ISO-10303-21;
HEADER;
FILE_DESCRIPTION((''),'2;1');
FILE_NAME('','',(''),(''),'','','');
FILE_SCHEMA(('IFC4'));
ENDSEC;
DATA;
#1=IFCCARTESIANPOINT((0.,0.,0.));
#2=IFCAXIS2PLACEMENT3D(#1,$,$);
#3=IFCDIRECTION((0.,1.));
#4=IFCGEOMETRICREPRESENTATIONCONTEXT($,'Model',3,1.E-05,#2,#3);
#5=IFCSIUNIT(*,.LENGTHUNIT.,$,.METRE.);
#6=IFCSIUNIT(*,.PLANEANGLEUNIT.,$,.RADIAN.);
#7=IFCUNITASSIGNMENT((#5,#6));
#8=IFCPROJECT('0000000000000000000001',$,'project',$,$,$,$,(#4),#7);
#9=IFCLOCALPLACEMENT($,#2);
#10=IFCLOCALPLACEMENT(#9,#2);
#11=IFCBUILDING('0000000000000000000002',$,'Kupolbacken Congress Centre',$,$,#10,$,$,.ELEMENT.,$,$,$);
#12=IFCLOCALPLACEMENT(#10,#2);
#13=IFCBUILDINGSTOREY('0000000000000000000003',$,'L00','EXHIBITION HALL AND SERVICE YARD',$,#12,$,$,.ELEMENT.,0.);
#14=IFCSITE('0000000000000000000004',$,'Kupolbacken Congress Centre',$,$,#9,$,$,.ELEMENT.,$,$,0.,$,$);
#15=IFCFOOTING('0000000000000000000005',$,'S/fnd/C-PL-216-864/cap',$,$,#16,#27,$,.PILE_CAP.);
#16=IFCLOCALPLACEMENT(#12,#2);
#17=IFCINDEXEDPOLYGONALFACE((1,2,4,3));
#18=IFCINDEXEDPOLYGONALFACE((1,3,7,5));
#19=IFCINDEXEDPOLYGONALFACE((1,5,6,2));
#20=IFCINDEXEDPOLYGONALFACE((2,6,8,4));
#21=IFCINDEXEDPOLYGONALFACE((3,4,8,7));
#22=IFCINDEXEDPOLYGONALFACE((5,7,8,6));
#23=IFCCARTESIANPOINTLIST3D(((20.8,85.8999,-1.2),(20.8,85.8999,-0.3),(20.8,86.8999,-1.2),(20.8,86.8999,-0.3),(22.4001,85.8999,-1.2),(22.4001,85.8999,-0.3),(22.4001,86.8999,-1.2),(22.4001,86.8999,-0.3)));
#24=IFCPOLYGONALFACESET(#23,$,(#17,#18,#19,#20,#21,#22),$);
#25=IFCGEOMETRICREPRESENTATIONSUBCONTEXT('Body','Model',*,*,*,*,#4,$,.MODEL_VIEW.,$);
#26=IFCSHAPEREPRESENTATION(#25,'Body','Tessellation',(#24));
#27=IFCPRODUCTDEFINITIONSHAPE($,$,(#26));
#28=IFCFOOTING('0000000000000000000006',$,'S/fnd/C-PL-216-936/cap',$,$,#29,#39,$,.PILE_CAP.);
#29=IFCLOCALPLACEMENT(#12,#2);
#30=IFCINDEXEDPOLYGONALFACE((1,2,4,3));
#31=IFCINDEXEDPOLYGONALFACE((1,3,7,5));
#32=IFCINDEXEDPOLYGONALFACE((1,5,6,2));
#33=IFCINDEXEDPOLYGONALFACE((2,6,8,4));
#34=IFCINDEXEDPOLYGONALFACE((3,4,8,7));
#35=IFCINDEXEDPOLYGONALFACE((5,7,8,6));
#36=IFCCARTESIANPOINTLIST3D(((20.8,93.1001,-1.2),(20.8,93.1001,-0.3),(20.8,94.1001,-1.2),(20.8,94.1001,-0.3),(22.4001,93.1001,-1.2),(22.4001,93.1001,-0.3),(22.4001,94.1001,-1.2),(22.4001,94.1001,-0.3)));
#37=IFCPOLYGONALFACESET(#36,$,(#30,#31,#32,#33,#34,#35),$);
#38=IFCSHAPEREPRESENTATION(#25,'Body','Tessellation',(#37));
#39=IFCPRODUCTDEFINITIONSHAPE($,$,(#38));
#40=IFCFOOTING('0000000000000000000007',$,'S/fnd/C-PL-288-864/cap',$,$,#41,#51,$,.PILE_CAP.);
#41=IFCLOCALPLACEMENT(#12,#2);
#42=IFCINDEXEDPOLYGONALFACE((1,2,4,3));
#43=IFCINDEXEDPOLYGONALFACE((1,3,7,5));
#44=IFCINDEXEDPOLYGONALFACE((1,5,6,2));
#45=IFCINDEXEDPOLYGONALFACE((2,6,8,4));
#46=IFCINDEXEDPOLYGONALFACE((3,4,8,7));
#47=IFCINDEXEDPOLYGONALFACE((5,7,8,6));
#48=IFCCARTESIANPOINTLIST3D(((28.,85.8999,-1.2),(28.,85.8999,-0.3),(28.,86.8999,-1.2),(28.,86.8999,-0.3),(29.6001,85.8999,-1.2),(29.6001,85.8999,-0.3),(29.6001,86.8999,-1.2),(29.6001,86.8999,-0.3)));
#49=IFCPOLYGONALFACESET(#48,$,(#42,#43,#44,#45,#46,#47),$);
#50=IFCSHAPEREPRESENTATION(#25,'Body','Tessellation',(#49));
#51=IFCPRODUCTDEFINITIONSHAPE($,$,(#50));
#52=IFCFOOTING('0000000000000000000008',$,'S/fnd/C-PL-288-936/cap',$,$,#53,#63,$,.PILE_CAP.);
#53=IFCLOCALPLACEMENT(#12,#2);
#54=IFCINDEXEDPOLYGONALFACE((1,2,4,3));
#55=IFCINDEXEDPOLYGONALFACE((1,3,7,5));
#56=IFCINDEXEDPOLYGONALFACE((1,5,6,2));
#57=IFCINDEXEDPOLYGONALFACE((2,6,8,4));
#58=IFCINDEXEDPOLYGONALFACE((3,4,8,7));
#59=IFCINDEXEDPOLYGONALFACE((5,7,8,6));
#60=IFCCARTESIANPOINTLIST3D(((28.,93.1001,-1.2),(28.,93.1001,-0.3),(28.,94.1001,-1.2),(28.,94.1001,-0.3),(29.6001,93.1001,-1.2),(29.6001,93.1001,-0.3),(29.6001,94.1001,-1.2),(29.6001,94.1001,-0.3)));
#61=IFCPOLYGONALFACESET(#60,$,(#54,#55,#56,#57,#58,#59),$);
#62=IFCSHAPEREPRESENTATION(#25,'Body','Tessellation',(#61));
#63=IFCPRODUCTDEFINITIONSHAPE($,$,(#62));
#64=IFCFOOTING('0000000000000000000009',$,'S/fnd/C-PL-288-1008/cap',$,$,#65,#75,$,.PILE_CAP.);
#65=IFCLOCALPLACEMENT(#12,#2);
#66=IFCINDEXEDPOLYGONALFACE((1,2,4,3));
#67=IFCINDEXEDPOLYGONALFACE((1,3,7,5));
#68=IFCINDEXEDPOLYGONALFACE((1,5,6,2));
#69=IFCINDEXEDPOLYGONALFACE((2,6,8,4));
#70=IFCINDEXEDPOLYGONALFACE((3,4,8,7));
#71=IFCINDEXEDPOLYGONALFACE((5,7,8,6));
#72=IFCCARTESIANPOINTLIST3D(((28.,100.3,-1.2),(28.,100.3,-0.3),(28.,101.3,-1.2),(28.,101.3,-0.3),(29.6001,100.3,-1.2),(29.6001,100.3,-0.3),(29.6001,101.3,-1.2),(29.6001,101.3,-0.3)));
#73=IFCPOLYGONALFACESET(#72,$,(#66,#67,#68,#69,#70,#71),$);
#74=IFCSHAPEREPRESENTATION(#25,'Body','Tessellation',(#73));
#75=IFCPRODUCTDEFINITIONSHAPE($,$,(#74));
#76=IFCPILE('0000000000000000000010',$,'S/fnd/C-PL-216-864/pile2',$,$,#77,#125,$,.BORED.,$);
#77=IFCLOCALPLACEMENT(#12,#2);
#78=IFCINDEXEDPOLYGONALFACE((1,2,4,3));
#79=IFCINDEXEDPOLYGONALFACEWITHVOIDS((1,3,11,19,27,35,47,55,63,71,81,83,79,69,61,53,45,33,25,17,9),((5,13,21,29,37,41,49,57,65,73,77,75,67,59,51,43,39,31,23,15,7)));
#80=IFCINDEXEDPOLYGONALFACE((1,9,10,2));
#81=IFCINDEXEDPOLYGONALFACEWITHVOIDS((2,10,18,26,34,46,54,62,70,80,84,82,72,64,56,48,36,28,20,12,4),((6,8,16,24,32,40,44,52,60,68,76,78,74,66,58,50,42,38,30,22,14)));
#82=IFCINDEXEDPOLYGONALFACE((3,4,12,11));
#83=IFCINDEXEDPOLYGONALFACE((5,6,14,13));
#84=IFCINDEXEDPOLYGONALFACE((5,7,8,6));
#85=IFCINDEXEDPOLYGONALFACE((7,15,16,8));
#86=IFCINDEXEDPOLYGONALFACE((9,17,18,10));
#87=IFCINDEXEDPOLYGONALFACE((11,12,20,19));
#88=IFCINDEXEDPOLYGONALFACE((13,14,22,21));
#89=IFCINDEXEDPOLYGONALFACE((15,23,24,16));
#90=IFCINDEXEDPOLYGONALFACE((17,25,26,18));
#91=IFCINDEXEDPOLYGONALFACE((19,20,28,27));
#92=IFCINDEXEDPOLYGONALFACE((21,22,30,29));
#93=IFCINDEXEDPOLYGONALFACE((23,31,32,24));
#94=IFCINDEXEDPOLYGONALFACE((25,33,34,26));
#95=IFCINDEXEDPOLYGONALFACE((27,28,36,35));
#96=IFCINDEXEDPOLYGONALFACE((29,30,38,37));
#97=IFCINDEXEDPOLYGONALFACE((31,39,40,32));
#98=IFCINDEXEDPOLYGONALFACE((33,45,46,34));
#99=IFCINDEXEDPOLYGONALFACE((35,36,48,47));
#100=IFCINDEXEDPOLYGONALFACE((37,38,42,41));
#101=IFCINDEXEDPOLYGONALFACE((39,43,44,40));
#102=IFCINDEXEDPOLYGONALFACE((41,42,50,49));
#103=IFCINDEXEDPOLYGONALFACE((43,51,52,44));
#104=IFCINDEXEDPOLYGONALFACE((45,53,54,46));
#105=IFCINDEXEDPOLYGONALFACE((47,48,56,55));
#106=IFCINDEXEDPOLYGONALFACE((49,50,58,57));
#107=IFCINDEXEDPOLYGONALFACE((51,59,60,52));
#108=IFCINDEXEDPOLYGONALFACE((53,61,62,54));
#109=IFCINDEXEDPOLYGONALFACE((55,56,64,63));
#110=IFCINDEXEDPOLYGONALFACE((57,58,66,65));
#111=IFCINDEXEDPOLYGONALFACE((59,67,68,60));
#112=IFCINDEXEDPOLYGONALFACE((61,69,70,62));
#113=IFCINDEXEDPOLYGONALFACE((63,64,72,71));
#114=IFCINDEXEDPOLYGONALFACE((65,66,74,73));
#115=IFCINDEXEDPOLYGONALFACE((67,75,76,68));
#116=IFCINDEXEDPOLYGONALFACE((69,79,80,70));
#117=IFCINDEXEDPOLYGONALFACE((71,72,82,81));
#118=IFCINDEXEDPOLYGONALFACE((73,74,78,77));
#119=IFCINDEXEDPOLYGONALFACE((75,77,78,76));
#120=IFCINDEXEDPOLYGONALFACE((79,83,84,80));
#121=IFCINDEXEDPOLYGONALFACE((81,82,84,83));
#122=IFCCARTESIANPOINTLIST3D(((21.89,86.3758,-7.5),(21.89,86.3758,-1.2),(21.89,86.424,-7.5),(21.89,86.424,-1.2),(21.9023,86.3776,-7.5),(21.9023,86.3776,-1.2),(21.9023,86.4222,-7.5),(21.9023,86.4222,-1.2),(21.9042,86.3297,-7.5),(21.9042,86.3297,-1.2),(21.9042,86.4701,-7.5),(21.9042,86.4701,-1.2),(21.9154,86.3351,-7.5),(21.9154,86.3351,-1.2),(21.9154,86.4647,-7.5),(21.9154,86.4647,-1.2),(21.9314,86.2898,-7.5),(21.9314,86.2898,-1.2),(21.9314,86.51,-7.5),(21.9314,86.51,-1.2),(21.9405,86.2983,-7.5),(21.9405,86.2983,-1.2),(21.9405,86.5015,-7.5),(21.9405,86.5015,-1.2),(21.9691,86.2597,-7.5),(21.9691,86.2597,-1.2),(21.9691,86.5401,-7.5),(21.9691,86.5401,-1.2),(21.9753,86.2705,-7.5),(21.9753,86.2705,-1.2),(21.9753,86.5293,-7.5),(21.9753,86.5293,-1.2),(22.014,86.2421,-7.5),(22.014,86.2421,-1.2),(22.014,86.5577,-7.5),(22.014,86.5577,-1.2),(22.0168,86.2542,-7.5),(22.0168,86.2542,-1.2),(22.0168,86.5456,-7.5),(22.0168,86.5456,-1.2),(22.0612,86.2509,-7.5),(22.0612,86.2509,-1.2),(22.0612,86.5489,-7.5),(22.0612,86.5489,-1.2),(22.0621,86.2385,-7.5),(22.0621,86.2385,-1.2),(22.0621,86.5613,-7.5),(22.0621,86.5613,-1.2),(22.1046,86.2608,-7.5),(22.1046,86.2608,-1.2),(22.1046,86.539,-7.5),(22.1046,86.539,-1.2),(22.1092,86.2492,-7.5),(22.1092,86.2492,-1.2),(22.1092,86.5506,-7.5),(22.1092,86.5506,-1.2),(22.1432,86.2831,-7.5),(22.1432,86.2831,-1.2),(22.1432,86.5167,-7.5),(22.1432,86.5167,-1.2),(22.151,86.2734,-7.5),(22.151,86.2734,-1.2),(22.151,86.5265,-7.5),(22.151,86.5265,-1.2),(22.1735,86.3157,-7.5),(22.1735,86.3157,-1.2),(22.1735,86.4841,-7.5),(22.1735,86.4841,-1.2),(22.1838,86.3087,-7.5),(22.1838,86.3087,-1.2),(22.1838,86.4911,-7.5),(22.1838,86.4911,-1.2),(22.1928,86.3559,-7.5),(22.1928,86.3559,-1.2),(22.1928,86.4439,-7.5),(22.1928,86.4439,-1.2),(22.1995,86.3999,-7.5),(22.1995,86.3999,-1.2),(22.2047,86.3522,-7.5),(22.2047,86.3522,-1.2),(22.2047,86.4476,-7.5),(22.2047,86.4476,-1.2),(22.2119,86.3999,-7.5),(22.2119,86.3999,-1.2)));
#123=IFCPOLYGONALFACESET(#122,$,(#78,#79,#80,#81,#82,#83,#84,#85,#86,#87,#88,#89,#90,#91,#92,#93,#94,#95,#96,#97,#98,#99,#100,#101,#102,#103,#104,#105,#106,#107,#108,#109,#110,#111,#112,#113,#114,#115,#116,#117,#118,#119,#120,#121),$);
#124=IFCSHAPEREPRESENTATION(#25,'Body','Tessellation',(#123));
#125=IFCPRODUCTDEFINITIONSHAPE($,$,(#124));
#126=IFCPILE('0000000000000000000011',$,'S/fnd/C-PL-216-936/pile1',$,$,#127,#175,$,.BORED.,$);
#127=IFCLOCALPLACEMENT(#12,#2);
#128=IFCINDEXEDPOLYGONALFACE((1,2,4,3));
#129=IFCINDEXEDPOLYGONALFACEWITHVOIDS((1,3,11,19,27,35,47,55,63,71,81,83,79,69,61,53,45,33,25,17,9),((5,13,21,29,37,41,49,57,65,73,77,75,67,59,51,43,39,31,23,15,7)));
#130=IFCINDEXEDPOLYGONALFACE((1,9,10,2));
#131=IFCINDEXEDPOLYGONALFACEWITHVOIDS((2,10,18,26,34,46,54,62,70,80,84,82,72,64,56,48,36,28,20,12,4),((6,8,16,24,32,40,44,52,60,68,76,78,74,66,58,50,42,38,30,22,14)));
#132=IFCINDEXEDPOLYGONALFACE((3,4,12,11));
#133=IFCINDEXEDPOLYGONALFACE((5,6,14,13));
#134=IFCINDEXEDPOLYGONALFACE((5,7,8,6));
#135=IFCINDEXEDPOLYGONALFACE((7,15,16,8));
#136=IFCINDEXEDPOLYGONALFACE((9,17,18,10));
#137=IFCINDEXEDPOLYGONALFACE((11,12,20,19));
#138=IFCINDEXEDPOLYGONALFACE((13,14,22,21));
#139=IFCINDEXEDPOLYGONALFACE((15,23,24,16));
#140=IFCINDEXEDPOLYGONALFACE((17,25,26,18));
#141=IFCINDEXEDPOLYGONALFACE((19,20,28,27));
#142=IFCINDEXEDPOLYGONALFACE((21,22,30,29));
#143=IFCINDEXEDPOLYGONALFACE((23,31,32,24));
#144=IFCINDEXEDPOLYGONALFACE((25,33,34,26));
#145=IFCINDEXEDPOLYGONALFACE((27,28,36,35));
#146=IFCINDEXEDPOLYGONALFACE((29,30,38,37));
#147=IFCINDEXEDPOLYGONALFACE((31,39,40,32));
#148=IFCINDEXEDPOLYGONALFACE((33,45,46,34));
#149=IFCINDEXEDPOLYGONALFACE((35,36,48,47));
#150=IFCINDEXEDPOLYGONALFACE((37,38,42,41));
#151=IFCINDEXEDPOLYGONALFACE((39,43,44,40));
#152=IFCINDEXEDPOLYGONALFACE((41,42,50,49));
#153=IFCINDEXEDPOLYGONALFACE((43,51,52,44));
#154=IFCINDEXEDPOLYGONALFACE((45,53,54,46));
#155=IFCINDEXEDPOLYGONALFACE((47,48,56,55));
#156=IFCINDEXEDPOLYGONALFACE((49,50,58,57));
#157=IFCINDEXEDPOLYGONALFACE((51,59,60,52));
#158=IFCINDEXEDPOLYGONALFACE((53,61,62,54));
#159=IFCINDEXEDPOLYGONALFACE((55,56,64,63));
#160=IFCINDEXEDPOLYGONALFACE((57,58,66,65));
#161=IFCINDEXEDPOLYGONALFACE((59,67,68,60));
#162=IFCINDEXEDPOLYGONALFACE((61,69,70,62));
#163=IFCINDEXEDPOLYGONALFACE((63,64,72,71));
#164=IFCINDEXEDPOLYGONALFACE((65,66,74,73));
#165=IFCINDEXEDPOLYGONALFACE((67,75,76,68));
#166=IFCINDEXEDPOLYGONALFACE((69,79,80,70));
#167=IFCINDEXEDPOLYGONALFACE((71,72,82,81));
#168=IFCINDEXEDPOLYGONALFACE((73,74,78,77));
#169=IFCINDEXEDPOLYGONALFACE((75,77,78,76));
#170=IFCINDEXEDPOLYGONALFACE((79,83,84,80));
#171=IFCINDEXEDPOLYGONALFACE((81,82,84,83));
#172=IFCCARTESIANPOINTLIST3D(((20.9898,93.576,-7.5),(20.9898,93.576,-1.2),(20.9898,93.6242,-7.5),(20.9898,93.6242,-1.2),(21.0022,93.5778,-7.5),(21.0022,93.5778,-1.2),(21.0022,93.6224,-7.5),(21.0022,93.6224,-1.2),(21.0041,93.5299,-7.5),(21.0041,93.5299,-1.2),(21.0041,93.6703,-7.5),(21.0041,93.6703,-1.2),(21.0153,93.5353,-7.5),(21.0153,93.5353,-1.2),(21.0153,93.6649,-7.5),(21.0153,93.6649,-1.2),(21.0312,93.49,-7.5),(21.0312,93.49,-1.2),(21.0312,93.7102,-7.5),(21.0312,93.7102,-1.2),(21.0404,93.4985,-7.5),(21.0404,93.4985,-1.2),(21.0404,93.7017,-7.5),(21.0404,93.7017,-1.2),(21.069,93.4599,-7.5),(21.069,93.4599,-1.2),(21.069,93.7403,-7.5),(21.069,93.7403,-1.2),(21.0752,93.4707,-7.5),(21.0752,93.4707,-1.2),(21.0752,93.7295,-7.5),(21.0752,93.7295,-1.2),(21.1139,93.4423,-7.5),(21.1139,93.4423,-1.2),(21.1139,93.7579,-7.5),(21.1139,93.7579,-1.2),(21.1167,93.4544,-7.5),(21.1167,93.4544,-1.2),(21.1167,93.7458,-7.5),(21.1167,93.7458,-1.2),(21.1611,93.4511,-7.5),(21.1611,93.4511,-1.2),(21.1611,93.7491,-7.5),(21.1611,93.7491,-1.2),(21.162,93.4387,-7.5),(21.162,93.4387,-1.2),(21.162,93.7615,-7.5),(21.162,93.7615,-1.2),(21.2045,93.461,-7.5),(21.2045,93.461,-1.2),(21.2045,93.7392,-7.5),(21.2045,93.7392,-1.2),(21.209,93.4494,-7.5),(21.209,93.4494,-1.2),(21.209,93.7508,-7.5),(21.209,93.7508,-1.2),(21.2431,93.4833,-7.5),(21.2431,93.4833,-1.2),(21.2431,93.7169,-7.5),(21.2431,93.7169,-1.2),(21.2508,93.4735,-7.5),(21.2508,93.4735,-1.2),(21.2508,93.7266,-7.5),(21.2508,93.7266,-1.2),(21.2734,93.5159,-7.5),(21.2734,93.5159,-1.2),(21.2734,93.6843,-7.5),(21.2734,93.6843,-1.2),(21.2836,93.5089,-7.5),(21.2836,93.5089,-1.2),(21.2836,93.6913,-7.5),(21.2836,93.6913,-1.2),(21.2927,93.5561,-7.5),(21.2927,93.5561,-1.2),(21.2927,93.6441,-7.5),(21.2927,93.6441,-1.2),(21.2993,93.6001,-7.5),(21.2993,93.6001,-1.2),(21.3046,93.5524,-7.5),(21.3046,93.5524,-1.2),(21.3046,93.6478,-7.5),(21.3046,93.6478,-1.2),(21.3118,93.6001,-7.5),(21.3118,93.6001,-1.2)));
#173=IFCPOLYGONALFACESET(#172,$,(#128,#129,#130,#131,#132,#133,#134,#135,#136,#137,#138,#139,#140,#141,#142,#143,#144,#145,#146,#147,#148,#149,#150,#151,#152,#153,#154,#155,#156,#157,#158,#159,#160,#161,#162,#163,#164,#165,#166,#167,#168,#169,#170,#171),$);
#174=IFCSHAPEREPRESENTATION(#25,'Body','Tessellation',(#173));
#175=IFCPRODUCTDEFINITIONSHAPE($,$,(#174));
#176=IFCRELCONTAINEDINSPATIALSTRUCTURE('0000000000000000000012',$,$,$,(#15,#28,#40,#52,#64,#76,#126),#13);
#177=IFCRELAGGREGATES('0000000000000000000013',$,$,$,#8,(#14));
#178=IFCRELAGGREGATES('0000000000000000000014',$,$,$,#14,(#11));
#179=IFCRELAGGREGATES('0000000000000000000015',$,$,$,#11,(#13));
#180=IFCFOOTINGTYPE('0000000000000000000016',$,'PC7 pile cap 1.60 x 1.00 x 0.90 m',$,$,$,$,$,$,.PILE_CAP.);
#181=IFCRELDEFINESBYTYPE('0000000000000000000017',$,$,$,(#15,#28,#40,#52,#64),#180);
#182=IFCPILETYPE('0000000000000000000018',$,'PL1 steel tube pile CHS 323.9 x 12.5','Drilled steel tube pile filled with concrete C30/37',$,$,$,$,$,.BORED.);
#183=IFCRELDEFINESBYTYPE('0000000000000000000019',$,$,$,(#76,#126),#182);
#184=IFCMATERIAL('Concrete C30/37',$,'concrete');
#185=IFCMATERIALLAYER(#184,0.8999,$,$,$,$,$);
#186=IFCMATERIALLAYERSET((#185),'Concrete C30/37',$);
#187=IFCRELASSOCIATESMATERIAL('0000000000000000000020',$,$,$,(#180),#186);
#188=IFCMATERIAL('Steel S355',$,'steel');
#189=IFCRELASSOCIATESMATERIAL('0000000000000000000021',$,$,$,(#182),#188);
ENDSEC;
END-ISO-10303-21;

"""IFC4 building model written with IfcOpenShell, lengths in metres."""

from ifc_helpers import new_model, si_unit, direction, frame, origin, origin_2d, place, context, subcontext, project, spatial, rectangle, hollow_circle, extrude, material, layer, layer_set, material_profile, profile_set, type_object, element, save


model = new_model("IFC4")

# Units and contexts
model_context = context("Model", 3, precision=1e-05, world=origin(), true_north=direction((0.0, 1.0)))
body_context = subcontext(model_context, "Body", "Model", "MODEL_VIEW")
ifc_project = project(units=[si_unit("LENGTHUNIT", "METRE"), si_unit("PLANEANGLEUNIT", "RADIAN")], contexts=[model_context])

# Site, building, storey
site_placement = place(None, origin())
site = spatial("IfcSite", under=ifc_project, at=site_placement, Name="Kupolbacken Congress Centre", CompositionType="ELEMENT", RefElevation=0.0)
building_placement = place(site_placement, origin())
building = spatial("IfcBuilding", under=site, at=building_placement, Name="Kupolbacken Congress Centre", CompositionType="ELEMENT")
storey_placement = place(building_placement, origin())
storey = spatial("IfcBuildingStorey", under=building, at=storey_placement, Name="L00", Description="EXHIBITION HALL AND SERVICE YARD", CompositionType="ELEMENT", Elevation=0.0)

# Footings
ifc_material_1 = material(Name="Concrete C30/37", Category="concrete")
ifc_layer = layer(ifc_material_1, 0.8999)
ifc_layer_set = layer_set([ifc_layer], Name="Concrete C30/37")
footing_type = type_object("IfcFootingType", Name="PC7 pile cap 1.60 x 1.00 x 0.90 m", PredefinedType="PILE_CAP", material=ifc_layer_set)
for number, where, z_axis, x_axis, name in (
    (1, (21.6001, 86.3999, -1.2), (0.0, 0.0, 1.0), (1.0, 0.0, 0.0), "S/fnd/C-PL-216-864/cap"),
    (2, (21.6001, 93.6001, -1.2), (0.0, 0.0, 1.0), (1.0, 0.0, 0.0), "S/fnd/C-PL-216-936/cap"),
    (3, (28.8, 86.3999, -1.2), (0.0, 0.0, 1.0), (1.0, 0.0, 0.0), "S/fnd/C-PL-288-864/cap"),
    (4, (28.8, 93.6001, -1.2), (0.0, 0.0, 1.0), (1.0, 0.0, 0.0), "S/fnd/C-PL-288-936/cap"),
    (5, (28.8, 100.8, -1.2), (0.0, 0.0, 1.0), (1.0, 0.0, 0.0), "S/fnd/C-PL-288-1008/cap"),
):
    element("IfcFooting", number, at=place(storey_placement, frame(where, z_axis=z_axis, x_axis=x_axis)), inside=storey, type_object=footing_type, Name=name, PredefinedType="PILE_CAP", context=body_context, shape_type="SweptSolid", body=[
        extrude(rectangle(XDim=1.6001, YDim=1.0, at=origin_2d()), origin(), (0.0, 0.0, 1.0), 0.8999),
    ])

# Piles
ifc_material_2 = material(Name="Steel S355", Category="steel")
ifc_material_profile_1 = material_profile(ifc_material_2, hollow_circle(Radius=0.1619, WallThickness=0.0125, at=origin_2d()), Name="CHS 323.9 x 12.5")
ifc_profile_set_1 = profile_set([ifc_material_profile_1], Name="Steel S355")
pile_type = type_object("IfcPileType", Name="PL1 steel tube pile CHS 323.9 x 12.5", Description="Drilled steel tube pile filled with concrete C30/37", PredefinedType="BORED", material=ifc_profile_set_1)
for number, where, z_axis, x_axis, name in (
    (6, (22.05, 86.3999, -1.2), (0.0, 0.0, -1.0), (1.0, 0.0, 0.0), "S/fnd/C-PL-216-864/pile2"),
    (7, (21.1499, 93.6001, -1.2), (0.0, 0.0, -1.0), (1.0, 0.0, 0.0), "S/fnd/C-PL-216-936/pile1"),
):
    element("IfcPile", number, at=place(storey_placement, frame(where, z_axis=z_axis, x_axis=x_axis)), inside=storey, type_object=pile_type, Name=name, PredefinedType="BORED", context=body_context, shape_type="SweptSolid", body=[
        extrude(hollow_circle(Radius=0.1619, WallThickness=0.0125, at=origin_2d()), origin(), (0.0, 0.0, 1.0), 6.3),
    ])

save(model, "model.ifc")
